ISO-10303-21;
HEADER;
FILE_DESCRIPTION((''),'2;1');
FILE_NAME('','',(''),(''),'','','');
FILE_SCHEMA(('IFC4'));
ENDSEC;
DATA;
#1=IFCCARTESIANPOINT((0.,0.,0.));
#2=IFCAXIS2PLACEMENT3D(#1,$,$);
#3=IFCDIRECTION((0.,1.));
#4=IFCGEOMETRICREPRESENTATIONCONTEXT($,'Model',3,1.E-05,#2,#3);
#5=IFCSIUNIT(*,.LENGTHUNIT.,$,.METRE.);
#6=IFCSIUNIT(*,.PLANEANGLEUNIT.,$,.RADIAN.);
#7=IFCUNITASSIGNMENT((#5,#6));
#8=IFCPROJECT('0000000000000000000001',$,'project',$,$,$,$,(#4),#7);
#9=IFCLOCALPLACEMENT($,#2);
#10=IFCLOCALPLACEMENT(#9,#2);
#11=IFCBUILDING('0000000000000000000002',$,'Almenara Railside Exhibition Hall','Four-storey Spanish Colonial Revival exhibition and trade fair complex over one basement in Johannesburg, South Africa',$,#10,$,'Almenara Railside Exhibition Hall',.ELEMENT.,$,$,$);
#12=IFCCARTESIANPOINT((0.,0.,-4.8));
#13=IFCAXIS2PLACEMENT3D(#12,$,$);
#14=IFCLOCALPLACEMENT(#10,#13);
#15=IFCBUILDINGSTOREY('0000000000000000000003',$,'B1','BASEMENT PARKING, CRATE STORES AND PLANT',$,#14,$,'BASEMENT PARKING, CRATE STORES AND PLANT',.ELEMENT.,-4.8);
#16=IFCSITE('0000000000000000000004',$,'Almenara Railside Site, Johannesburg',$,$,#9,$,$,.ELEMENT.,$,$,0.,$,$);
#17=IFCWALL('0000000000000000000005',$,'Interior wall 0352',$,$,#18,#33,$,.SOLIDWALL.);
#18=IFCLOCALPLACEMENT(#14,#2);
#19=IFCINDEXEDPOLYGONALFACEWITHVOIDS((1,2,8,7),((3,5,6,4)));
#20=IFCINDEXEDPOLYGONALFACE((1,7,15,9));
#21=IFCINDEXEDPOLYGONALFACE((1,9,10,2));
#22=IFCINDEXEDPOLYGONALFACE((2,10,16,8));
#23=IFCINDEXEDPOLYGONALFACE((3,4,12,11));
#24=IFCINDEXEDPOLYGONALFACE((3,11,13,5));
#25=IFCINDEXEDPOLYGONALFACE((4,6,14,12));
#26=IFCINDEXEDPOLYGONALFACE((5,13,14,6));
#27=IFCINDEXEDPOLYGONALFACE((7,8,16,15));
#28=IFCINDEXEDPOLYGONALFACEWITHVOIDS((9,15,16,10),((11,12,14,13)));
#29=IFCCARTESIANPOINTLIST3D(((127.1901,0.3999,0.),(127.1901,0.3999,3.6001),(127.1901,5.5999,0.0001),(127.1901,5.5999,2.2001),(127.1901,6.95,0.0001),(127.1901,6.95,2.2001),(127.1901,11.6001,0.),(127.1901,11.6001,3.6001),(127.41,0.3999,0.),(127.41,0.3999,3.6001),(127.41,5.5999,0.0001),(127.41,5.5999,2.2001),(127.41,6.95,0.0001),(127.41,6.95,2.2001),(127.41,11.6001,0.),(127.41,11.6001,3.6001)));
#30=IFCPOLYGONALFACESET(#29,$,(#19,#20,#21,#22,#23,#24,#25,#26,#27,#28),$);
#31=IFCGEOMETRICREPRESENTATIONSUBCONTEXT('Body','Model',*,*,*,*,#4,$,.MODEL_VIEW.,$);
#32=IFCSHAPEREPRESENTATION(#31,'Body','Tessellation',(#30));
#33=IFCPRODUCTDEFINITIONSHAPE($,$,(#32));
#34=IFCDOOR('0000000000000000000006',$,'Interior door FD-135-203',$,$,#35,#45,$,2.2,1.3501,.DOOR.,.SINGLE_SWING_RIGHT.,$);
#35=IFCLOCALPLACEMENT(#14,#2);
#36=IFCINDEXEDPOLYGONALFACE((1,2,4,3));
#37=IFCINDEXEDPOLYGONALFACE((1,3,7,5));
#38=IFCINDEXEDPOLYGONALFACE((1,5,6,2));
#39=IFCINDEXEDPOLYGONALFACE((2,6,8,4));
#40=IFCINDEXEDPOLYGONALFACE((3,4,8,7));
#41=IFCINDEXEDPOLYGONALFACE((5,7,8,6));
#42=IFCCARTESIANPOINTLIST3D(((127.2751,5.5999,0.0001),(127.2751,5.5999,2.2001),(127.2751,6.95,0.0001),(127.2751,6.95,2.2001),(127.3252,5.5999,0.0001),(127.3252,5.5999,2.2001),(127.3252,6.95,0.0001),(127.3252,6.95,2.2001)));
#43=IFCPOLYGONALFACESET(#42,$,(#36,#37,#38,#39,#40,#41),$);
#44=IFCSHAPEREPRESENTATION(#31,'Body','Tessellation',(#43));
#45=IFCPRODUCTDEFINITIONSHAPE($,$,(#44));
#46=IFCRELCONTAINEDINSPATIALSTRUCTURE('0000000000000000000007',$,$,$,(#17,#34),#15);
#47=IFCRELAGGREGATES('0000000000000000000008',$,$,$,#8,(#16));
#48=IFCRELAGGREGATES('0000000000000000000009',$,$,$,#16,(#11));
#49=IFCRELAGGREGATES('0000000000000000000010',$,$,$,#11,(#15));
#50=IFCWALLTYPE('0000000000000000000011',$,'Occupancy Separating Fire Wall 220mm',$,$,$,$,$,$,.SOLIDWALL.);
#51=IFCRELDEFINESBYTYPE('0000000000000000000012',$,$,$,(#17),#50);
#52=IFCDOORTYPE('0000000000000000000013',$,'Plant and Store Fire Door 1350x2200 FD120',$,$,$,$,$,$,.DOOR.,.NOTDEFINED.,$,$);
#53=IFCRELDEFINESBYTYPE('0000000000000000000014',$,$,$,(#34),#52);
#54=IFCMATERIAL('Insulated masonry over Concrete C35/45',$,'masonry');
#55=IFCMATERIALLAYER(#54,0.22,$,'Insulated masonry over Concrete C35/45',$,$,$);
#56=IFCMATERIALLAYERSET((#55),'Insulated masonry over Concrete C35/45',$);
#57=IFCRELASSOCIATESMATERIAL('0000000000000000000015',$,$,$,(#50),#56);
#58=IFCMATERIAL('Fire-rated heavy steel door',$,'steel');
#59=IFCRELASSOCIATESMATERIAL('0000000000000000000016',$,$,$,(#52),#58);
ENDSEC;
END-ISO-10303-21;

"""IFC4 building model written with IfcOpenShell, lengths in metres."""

from ifc_helpers import new_model, si_unit, direction, frame, frame_2d, origin, place, context, subcontext, project, spatial, rectangle, extrude, material, layer, layer_set, type_object, element, fill, save


model = new_model("IFC4")

# Units and contexts
model_context = context("Model", 3, precision=1e-05, world=origin(), true_north=direction((0.0, 1.0)))
body_context = subcontext(model_context, "Body", "Model", "MODEL_VIEW")
ifc_project = project(units=[si_unit("LENGTHUNIT", "METRE"), si_unit("PLANEANGLEUNIT", "RADIAN")], contexts=[model_context])

# Site, building, storey
site_placement = place(None, origin())
site = spatial("IfcSite", under=ifc_project, at=site_placement, Name="Almenara Railside Site, Johannesburg", CompositionType="ELEMENT", RefElevation=0.0)
building_placement = place(site_placement, origin())
building = spatial("IfcBuilding", under=site, at=building_placement, Name="Almenara Railside Exhibition Hall", Description="Four-storey Spanish Colonial Revival exhibition and trade fair complex over one basement in Johannesburg, South Africa", LongName="Almenara Railside Exhibition Hall", CompositionType="ELEMENT")
storey_placement = place(building_placement, frame((0.0, 0.0, -4.8)))
storey = spatial("IfcBuildingStorey", under=building, at=storey_placement, Name="B1", Description="BASEMENT PARKING, CRATE STORES AND PLANT", LongName="BASEMENT PARKING, CRATE STORES AND PLANT", CompositionType="ELEMENT", Elevation=-4.8)

# Wall, opening, door
ifc_material_1 = material(Name="Insulated masonry over Concrete C35/45", Category="masonry")
ifc_layer_1 = layer(ifc_material_1, 0.22, Name="Insulated masonry over Concrete C35/45")
ifc_layer_set_1 = layer_set([ifc_layer_1], Name="Insulated masonry over Concrete C35/45")
wall_type_1 = type_object("IfcWallType", Name="Occupancy Separating Fire Wall 220mm", PredefinedType="SOLIDWALL", material=ifc_layer_set_1)
wall_1_placement = place(storey_placement, frame((127.3, 0.3999, 0.0), z_axis=(0.0, 0.0, 1.0), x_axis=(0.0, 1.0, 0.0)))
wall_1 = element("IfcWall", 1, at=wall_1_placement, inside=storey, type_object=wall_type_1, Name="Interior wall 0352", PredefinedType="SOLIDWALL", context=body_context, shape_type="SweptSolid", body=[
    extrude(rectangle(XDim=11.2002, YDim=0.22, at=frame_2d((5.6001, 0.0))), origin(), (0.0, 0.0, 1.0), 3.6001),
])
opening_placement = place(wall_1_placement, frame((5.2, 0.0, 0.0)))
opening = element("IfcOpeningElement", 2, at=opening_placement, cuts=wall_1, PredefinedType="OPENING", context=body_context, shape_type="SweptSolid", body=[
    extrude(rectangle(XDim=1.3501, YDim=2.2, at=frame_2d((0.675, 1.1001))), frame((0.0, 0.1199, 0.0), z_axis=(0.0, -1.0, 0.0), x_axis=(1.0, 0.0, 0.0)), (0.0, 0.0, 1.0), 0.24),
])
ifc_material_2 = material(Name="Fire-rated heavy steel door", Category="steel")
door_type = type_object("IfcDoorType", Name="Plant and Store Fire Door 1350x2200 FD120", OperationType="NOTDEFINED", PredefinedType="DOOR", material=ifc_material_2)
door_placement = place(opening_placement, origin())
door = element("IfcDoor", 3, at=door_placement, inside=storey, type_object=door_type, Name="Interior door FD-135-203", OperationType="SINGLE_SWING_RIGHT", OverallHeight=2.2, OverallWidth=1.3501, PredefinedType="DOOR", context=body_context, shape_type="SweptSolid", body=[
    extrude(rectangle(XDim=1.3501, YDim=2.2, at=frame_2d((0.675, 1.1001))), frame((0.0, 0.0249, 0.0), z_axis=(0.0, -1.0, 0.0), x_axis=(1.0, 0.0, 0.0)), (0.0, 0.0, 1.0), 0.05),
])
fill(opening, door)

save(model, "model.ifc")
